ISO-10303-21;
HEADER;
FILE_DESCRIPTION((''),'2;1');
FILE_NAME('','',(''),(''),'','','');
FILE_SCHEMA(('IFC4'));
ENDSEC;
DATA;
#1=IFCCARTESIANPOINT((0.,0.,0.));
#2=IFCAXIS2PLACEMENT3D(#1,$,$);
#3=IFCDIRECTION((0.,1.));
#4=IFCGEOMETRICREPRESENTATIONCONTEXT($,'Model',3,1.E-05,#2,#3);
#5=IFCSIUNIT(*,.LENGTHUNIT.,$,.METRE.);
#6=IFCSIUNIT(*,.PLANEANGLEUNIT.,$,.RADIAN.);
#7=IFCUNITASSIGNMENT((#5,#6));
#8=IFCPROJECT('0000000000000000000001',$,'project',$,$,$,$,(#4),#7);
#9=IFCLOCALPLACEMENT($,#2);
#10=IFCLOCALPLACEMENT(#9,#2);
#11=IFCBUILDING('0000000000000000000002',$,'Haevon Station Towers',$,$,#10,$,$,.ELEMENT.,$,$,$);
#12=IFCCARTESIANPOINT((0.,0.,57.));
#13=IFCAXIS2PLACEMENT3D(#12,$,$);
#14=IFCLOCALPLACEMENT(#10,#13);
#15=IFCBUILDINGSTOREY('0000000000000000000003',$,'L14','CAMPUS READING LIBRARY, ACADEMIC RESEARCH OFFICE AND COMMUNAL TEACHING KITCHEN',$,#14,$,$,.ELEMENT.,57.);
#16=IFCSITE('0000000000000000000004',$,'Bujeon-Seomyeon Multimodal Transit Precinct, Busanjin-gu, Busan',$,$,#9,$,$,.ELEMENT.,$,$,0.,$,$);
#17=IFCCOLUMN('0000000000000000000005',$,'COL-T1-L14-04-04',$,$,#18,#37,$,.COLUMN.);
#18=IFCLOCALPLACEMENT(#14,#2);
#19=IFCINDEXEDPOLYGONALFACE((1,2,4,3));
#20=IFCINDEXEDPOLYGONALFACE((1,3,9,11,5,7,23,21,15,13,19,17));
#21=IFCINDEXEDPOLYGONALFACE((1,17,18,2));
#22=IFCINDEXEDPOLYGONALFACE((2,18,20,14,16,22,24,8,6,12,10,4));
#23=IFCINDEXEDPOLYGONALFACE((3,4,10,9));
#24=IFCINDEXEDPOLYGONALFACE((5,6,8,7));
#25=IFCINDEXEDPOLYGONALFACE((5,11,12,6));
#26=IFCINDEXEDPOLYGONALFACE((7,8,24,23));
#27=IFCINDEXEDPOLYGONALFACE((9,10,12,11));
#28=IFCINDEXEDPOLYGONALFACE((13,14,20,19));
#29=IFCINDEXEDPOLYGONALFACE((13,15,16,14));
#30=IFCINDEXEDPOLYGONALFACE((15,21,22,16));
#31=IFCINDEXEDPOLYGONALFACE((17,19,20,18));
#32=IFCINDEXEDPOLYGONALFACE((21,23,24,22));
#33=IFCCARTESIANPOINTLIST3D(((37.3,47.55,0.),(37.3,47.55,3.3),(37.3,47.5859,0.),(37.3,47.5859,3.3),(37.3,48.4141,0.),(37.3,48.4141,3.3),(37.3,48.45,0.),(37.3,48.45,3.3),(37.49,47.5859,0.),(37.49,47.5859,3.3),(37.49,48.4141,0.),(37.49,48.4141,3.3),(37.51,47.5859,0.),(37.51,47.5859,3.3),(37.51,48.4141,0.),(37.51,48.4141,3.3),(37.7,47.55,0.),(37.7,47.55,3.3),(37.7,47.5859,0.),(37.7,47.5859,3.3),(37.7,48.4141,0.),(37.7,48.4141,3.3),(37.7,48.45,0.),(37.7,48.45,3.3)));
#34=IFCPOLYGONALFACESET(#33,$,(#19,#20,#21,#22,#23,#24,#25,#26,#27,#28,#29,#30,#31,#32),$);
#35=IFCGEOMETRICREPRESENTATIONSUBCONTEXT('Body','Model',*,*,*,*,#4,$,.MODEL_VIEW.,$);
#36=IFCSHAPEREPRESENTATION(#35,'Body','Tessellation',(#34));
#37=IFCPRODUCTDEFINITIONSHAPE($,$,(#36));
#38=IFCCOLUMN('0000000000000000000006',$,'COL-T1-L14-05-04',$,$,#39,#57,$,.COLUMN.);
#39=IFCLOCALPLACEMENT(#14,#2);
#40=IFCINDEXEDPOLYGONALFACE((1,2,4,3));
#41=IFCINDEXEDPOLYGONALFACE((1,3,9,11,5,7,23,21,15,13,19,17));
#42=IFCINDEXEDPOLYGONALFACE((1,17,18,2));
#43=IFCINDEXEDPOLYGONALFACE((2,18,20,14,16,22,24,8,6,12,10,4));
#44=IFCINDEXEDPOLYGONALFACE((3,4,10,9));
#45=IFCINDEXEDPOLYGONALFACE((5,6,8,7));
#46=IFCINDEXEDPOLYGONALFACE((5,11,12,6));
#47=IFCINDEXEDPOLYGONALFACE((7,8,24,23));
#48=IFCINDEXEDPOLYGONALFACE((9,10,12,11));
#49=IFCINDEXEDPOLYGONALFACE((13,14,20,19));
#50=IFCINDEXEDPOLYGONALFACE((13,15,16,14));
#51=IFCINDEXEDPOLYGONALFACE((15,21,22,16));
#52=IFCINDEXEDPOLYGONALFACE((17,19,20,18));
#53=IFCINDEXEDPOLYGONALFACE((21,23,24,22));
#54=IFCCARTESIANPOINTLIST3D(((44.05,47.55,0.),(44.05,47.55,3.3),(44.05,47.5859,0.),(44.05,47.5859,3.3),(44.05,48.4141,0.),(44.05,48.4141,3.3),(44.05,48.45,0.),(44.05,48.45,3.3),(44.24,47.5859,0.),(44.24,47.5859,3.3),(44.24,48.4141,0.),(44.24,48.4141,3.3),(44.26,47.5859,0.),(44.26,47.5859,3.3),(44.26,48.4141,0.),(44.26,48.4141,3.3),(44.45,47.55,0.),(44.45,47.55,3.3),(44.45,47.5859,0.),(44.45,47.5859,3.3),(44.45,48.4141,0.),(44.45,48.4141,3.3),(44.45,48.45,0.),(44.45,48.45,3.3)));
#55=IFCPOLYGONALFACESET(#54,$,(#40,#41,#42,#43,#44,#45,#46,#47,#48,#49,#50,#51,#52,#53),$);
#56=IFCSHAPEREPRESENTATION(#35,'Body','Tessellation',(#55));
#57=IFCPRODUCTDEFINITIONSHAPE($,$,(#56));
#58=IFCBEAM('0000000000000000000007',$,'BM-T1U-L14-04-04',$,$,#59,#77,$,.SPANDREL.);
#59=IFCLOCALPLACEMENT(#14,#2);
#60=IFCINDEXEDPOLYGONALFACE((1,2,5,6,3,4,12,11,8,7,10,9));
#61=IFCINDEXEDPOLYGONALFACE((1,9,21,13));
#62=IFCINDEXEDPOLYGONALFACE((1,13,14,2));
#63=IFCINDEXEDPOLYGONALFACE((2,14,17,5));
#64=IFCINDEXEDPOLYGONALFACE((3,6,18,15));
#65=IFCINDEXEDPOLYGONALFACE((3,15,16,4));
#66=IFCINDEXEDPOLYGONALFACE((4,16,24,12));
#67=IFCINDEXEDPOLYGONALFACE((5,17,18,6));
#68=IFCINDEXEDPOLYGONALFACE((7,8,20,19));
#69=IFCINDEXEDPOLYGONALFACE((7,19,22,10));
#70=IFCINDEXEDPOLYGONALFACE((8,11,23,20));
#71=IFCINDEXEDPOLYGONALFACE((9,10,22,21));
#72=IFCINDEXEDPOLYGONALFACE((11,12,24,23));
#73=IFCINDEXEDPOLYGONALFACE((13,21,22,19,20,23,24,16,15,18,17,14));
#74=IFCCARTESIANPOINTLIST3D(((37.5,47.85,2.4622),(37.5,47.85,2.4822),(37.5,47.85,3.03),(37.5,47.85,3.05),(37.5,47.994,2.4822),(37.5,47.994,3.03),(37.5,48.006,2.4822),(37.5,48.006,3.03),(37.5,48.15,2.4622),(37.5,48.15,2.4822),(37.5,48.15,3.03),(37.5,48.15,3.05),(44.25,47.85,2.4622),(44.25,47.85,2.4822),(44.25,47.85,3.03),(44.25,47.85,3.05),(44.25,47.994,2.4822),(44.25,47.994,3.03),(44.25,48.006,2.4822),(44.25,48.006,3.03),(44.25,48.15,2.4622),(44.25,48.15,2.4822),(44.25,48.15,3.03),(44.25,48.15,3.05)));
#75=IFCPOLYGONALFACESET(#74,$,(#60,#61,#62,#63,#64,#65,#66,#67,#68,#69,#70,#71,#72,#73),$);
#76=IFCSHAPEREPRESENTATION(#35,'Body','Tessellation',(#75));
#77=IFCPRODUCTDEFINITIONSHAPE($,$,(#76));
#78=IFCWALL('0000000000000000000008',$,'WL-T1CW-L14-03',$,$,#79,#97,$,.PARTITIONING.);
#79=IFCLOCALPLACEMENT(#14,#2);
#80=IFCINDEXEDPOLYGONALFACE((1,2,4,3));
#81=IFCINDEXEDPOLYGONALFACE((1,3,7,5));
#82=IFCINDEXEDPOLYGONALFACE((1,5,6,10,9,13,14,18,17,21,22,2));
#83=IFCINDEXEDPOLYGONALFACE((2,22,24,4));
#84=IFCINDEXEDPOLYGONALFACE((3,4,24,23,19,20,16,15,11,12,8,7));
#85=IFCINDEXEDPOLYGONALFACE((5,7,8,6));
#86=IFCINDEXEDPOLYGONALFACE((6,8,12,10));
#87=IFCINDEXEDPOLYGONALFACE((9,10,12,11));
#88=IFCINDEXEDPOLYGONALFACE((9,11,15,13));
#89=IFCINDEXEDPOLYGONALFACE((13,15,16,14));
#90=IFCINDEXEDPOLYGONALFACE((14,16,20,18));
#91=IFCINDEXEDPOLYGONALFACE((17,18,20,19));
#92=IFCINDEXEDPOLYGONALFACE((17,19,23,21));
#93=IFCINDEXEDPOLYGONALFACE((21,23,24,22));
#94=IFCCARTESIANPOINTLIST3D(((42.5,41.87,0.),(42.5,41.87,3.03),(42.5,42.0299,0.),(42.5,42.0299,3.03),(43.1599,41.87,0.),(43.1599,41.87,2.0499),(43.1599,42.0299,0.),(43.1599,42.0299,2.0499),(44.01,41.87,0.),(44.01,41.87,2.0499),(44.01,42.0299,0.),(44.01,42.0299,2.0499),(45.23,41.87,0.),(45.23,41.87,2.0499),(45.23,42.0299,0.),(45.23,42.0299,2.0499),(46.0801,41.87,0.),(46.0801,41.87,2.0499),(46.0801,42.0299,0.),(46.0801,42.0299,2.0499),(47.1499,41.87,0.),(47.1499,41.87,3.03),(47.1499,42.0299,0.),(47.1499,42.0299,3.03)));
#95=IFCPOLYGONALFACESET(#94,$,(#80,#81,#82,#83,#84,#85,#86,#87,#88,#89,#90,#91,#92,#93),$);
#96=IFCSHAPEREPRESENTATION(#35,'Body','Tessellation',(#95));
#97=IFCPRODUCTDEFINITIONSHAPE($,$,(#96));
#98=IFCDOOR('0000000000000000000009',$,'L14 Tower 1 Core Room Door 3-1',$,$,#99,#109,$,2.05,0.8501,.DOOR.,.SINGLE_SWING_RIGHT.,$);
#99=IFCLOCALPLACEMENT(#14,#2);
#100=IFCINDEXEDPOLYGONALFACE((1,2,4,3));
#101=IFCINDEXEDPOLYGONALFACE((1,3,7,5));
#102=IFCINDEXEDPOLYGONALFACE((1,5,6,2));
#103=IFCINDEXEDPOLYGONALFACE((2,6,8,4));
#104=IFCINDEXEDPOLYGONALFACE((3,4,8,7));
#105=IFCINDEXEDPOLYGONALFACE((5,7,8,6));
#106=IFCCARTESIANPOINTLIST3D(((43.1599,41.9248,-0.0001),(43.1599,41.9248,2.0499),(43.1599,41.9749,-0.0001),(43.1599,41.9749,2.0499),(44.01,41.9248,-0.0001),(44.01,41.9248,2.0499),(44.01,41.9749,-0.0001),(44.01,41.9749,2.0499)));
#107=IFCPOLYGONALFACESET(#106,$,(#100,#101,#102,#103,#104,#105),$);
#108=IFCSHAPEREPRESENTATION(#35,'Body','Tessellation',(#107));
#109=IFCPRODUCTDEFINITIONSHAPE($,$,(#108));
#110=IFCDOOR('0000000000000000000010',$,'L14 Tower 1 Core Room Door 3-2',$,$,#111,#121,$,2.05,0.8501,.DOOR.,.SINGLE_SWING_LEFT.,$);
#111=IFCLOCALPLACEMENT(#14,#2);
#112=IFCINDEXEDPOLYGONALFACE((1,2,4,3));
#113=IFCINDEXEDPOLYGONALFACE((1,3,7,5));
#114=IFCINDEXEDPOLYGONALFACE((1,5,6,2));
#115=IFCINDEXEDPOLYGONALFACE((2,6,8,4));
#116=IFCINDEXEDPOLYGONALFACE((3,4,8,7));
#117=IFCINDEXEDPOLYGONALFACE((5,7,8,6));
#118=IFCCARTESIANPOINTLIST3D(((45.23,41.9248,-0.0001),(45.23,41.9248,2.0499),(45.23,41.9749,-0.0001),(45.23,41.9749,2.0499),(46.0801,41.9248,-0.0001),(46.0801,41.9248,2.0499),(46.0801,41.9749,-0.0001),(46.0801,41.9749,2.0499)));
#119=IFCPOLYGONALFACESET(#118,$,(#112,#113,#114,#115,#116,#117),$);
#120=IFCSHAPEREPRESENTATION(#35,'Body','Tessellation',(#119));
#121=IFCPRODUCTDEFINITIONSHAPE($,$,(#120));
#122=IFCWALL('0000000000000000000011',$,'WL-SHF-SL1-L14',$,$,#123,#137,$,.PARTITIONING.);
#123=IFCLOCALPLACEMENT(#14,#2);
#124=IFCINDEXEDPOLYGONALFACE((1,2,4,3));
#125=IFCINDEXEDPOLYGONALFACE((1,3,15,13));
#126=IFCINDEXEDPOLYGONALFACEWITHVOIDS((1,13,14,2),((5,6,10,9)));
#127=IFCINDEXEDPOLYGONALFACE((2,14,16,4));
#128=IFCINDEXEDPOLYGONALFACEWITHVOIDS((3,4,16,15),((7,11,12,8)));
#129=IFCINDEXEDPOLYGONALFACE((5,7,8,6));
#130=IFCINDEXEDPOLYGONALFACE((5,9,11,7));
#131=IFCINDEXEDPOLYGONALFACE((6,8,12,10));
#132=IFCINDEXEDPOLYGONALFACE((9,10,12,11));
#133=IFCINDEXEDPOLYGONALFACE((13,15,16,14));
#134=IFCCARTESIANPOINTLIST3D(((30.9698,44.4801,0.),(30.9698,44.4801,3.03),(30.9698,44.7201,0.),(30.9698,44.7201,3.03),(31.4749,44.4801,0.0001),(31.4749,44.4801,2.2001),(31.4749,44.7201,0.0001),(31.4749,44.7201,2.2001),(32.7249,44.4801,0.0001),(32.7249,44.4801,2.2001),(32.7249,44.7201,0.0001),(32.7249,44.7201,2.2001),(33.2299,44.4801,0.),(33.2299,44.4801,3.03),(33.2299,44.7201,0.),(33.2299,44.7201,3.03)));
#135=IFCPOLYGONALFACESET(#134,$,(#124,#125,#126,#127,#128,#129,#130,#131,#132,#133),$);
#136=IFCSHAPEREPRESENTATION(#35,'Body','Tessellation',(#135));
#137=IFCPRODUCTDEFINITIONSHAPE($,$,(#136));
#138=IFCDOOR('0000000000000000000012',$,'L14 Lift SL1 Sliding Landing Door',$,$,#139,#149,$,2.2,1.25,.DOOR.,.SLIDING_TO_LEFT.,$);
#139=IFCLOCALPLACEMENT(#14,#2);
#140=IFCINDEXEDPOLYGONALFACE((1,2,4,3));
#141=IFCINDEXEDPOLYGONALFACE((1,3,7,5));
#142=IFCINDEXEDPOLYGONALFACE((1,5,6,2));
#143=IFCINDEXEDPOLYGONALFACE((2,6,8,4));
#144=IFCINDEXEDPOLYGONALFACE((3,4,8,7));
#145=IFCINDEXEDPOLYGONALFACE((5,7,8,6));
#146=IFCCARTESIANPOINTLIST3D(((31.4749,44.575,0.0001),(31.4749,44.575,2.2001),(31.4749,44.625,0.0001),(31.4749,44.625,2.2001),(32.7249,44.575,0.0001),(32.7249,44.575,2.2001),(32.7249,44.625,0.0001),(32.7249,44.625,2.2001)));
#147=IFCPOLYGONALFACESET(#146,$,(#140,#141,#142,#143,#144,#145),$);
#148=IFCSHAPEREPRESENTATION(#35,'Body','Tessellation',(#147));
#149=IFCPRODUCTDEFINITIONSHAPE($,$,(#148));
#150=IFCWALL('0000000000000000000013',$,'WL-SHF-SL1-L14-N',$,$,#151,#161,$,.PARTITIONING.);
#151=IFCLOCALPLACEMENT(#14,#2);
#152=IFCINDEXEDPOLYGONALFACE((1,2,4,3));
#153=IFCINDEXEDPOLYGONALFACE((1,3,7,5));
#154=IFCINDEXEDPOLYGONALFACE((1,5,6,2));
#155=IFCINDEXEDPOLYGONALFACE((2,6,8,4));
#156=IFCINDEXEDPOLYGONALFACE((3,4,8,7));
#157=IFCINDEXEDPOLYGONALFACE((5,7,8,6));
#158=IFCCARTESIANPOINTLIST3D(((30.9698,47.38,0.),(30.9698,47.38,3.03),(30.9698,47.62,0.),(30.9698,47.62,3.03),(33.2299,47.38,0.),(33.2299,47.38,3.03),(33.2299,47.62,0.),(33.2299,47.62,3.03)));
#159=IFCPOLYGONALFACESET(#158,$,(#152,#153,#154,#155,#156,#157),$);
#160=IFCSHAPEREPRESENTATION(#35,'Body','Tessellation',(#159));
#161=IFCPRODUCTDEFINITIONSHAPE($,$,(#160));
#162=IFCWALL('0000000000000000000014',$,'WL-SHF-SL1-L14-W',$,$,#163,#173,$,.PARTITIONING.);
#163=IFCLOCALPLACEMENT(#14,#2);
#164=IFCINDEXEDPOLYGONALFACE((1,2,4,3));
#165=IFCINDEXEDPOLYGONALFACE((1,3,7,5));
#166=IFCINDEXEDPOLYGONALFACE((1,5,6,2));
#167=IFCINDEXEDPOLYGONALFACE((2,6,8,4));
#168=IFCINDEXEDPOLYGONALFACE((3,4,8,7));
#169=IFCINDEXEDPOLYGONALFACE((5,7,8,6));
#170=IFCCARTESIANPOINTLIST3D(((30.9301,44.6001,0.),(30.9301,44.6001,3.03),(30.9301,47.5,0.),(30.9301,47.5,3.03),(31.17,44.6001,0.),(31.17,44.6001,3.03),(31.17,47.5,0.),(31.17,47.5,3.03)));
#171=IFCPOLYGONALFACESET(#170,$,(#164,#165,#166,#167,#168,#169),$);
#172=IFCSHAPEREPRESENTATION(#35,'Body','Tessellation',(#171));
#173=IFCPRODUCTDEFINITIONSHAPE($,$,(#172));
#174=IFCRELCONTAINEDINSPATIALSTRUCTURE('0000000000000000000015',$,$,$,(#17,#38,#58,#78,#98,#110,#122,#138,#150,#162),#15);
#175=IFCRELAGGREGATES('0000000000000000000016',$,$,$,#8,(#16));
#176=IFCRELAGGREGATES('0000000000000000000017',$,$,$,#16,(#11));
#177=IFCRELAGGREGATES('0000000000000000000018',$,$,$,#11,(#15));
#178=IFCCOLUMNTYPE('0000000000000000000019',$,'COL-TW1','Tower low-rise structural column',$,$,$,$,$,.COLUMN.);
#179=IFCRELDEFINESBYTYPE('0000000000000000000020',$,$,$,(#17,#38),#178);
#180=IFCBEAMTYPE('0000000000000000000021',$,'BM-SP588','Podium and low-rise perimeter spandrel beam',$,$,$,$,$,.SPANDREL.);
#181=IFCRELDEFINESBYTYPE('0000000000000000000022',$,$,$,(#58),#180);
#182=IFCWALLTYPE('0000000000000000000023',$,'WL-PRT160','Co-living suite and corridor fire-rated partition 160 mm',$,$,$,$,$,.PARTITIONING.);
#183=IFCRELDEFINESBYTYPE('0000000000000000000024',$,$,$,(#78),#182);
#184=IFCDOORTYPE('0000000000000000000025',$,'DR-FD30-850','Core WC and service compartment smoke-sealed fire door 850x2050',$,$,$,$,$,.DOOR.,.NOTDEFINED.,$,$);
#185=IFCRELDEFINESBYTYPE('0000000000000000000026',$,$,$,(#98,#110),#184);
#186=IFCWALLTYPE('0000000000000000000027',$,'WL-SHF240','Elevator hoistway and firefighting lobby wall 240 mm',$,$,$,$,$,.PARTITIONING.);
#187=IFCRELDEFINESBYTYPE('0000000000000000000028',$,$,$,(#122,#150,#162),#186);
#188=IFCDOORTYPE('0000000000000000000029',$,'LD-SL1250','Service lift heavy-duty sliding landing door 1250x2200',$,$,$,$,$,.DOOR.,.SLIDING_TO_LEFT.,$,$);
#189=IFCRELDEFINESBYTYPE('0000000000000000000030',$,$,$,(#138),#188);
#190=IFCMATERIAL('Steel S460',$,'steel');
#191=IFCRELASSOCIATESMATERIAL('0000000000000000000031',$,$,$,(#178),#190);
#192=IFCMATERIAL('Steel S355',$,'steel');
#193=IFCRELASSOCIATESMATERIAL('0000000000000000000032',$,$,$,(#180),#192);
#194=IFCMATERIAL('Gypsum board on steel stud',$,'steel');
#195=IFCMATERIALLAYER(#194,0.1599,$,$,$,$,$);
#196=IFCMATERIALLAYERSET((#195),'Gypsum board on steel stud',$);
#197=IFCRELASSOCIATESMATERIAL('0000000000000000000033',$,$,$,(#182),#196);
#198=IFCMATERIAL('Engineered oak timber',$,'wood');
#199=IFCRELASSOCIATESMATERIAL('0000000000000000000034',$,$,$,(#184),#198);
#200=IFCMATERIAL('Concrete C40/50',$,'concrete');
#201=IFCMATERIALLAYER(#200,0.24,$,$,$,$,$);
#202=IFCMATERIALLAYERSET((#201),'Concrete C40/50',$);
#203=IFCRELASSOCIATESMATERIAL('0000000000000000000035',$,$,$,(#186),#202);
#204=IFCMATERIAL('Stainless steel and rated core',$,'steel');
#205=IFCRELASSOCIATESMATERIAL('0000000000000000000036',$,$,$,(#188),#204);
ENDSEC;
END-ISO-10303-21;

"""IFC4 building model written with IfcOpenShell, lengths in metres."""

from ifc_helpers import new_model, si_unit, direction, frame, frame_2d, origin, origin_2d, place, context, subcontext, project, spatial, rectangle, i_section, extrude, material, layer, layer_set, material_profile, profile_set, type_object, element, fill, save


model = new_model("IFC4")

# Units and contexts
model_context = context("Model", 3, precision=1e-05, world=origin(), true_north=direction((0.0, 1.0)))
body_context = subcontext(model_context, "Body", "Model", "MODEL_VIEW")
ifc_project = project(units=[si_unit("LENGTHUNIT", "METRE"), si_unit("PLANEANGLEUNIT", "RADIAN")], contexts=[model_context])

# Site, building, storey
site_placement = place(None, origin())
site = spatial("IfcSite", under=ifc_project, at=site_placement, Name="Bujeon-Seomyeon Multimodal Transit Precinct, Busanjin-gu, Busan", CompositionType="ELEMENT", RefElevation=0.0)
building_placement = place(site_placement, origin())
building = spatial("IfcBuilding", under=site, at=building_placement, Name="Haevon Station Towers", CompositionType="ELEMENT")
storey_placement = place(building_placement, frame((0.0, 0.0, 57.0)))
storey = spatial("IfcBuildingStorey", under=building, at=storey_placement, Name="L14", Description="CAMPUS READING LIBRARY, ACADEMIC RESEARCH OFFICE AND COMMUNAL TEACHING KITCHEN", CompositionType="ELEMENT", Elevation=57.0)

# Columns
ifc_material_1 = material(Name="Steel S460", Category="steel")
ifc_material_profile_1 = material_profile(ifc_material_1, i_section(OverallWidth=0.3999, OverallDepth=0.8999, WebThickness=0.02, FlangeThickness=0.0359, at=origin_2d()), Name="H-900x400x20x36")
ifc_profile_set_1 = profile_set([ifc_material_profile_1], Name="Steel S460")
column_type = type_object("IfcColumnType", Name="COL-TW1", Description="Tower low-rise structural column", PredefinedType="COLUMN", material=ifc_profile_set_1)
for number, where, z_axis, x_axis, name in (
    (1, (37.5, 48.0, 0.0), (0.0, 0.0, 1.0), (1.0, 0.0, 0.0), "COL-T1-L14-04-04"),
    (2, (44.25, 48.0, 0.0), (0.0, 0.0, 1.0), (1.0, 0.0, 0.0), "COL-T1-L14-05-04"),
):
    element("IfcColumn", number, at=place(storey_placement, frame(where, z_axis=z_axis, x_axis=x_axis)), inside=storey, type_object=column_type, Name=name, PredefinedType="COLUMN", context=body_context, shape_type="SweptSolid", body=[
        extrude(i_section(OverallWidth=0.3999, OverallDepth=0.8999, WebThickness=0.02, FlangeThickness=0.0359, at=origin_2d()), origin(), (0.0, 0.0, 1.0), 3.3),
    ])

# Beam
ifc_material_2 = material(Name="Steel S355", Category="steel")
ifc_material_profile_2 = material_profile(ifc_material_2, i_section(OverallWidth=0.3, OverallDepth=0.5879, WebThickness=0.012, FlangeThickness=0.02, at=origin_2d()), Name="H-588x300x12x20")
ifc_profile_set_2 = profile_set([ifc_material_profile_2], Name="Steel S355")
beam_type = type_object("IfcBeamType", Name="BM-SP588", Description="Podium and low-rise perimeter spandrel beam", PredefinedType="SPANDREL", material=ifc_profile_set_2)
beam_placement = place(storey_placement, frame((37.5, 48.0, 2.7561), z_axis=(1.0, 0.0, 0.0), x_axis=(0.0, 1.0, 0.0)))
element("IfcBeam", 3, at=beam_placement, inside=storey, type_object=beam_type, Name="BM-T1U-L14-04-04", PredefinedType="SPANDREL", context=body_context, shape_type="SweptSolid", body=[
    extrude(i_section(OverallWidth=0.3, OverallDepth=0.5879, WebThickness=0.012, FlangeThickness=0.02, at=origin_2d()), origin(), (0.0, 0.0, 1.0), 6.75),
])

# Wall, openings, doors
ifc_material_3 = material(Name="Gypsum board on steel stud", Category="steel")
ifc_layer_1 = layer(ifc_material_3, 0.1599)
ifc_layer_set_1 = layer_set([ifc_layer_1], Name="Gypsum board on steel stud")
wall_type_1 = type_object("IfcWallType", Name="WL-PRT160", Description="Co-living suite and corridor fire-rated partition 160 mm", PredefinedType="PARTITIONING", material=ifc_layer_set_1)
wall_1_placement = place(storey_placement, frame((42.5, 41.95, 0.0), z_axis=(0.0, 0.0, 1.0), x_axis=(1.0, 0.0, 0.0)))
wall_1 = element("IfcWall", 4, at=wall_1_placement, inside=storey, type_object=wall_type_1, Name="WL-T1CW-L14-03", PredefinedType="PARTITIONING", context=body_context, shape_type="SweptSolid", body=[
    extrude(rectangle(XDim=4.6499, YDim=0.1599, at=frame_2d((2.325, 0.0))), origin(), (0.0, 0.0, 1.0), 3.03),
])
opening_1_placement = place(wall_1_placement, frame((0.6599, 0.0, 0.0)))
opening_1 = element("IfcOpeningElement", 5, at=opening_1_placement, cuts=wall_1, PredefinedType="OPENING", context=body_context, shape_type="SweptSolid", body=[
    extrude(rectangle(XDim=0.8501, YDim=2.05, at=frame_2d((0.425, 1.0249))), frame((0.0, 0.0898, 0.0), z_axis=(0.0, -1.0, 0.0), x_axis=(1.0, 0.0, 0.0)), (0.0, 0.0, 1.0), 0.1799),
])
opening_2_placement = place(wall_1_placement, frame((2.73, 0.0, 0.0)))
opening_2 = element("IfcOpeningElement", 6, at=opening_2_placement, cuts=wall_1, PredefinedType="OPENING", context=body_context, shape_type="SweptSolid", body=[
    extrude(rectangle(XDim=0.8501, YDim=2.05, at=frame_2d((0.425, 1.0249))), frame((0.0, 0.0898, 0.0), z_axis=(0.0, -1.0, 0.0), x_axis=(1.0, 0.0, 0.0)), (0.0, 0.0, 1.0), 0.1799),
])
ifc_material_4 = material(Name="Engineered oak timber", Category="wood")
door_type_1 = type_object("IfcDoorType", Name="DR-FD30-850", Description="Core WC and service compartment smoke-sealed fire door 850x2050", OperationType="NOTDEFINED", PredefinedType="DOOR", material=ifc_material_4)
door_1_placement = place(opening_1_placement, origin())
door_1 = element("IfcDoor", 7, at=door_1_placement, inside=storey, type_object=door_type_1, Name="L14 Tower 1 Core Room Door 3-1", OperationType="SINGLE_SWING_RIGHT", OverallHeight=2.05, OverallWidth=0.8501, PredefinedType="DOOR", context=body_context, shape_type="SweptSolid", body=[
    extrude(rectangle(XDim=0.8501, YDim=2.05, at=frame_2d((0.425, 1.0249))), frame((0.0, 0.0249, 0.0), z_axis=(0.0, -1.0, 0.0), x_axis=(1.0, 0.0, 0.0)), (0.0, 0.0, 1.0), 0.05),
])
fill(opening_1, door_1)
door_2_placement = place(opening_2_placement, origin())
door_2 = element("IfcDoor", 8, at=door_2_placement, inside=storey, type_object=door_type_1, Name="L14 Tower 1 Core Room Door 3-2", OperationType="SINGLE_SWING_LEFT", OverallHeight=2.05, OverallWidth=0.8501, PredefinedType="DOOR", context=body_context, shape_type="SweptSolid", body=[
    extrude(rectangle(XDim=0.8501, YDim=2.05, at=frame_2d((0.425, 1.0249))), frame((0.0, 0.0249, 0.0), z_axis=(0.0, -1.0, 0.0), x_axis=(1.0, 0.0, 0.0)), (0.0, 0.0, 1.0), 0.05),
])
fill(opening_2, door_2)

# Wall, opening, door
ifc_material_5 = material(Name="Concrete C40/50", Category="concrete")
ifc_layer_2 = layer(ifc_material_5, 0.24)
ifc_layer_set_2 = layer_set([ifc_layer_2], Name="Concrete C40/50")
wall_type_2 = type_object("IfcWallType", Name="WL-SHF240", Description="Elevator hoistway and firefighting lobby wall 240 mm", PredefinedType="PARTITIONING", material=ifc_layer_set_2)
wall_2_placement = place(storey_placement, frame((30.97, 44.6001, 0.0), z_axis=(0.0, 0.0, 1.0), x_axis=(1.0, 0.0, 0.0)))
wall_2 = element("IfcWall", 9, at=wall_2_placement, inside=storey, type_object=wall_type_2, Name="WL-SHF-SL1-L14", PredefinedType="PARTITIONING", context=body_context, shape_type="SweptSolid", body=[
    extrude(rectangle(XDim=2.26, YDim=0.24, at=frame_2d((1.1299, 0.0))), origin(), (0.0, 0.0, 1.0), 3.03),
])
opening_3_placement = place(wall_2_placement, frame((0.5049, 0.0, 0.0)))
opening_3 = element("IfcOpeningElement", 10, at=opening_3_placement, cuts=wall_2, PredefinedType="OPENING", context=body_context, shape_type="SweptSolid", body=[
    extrude(rectangle(XDim=1.25, YDim=2.2, at=frame_2d((0.625, 1.1001))), frame((0.0, 0.1299, 0.0), z_axis=(0.0, -1.0, 0.0), x_axis=(1.0, 0.0, 0.0)), (0.0, 0.0, 1.0), 0.26),
])
ifc_material_6 = material(Name="Stainless steel and rated core", Category="steel")
door_type_2 = type_object("IfcDoorType", Name="LD-SL1250", Description="Service lift heavy-duty sliding landing door 1250x2200", OperationType="SLIDING_TO_LEFT", PredefinedType="DOOR", material=ifc_material_6)
door_3_placement = place(opening_3_placement, origin())
door_3 = element("IfcDoor", 11, at=door_3_placement, inside=storey, type_object=door_type_2, Name="L14 Lift SL1 Sliding Landing Door", OperationType="SLIDING_TO_LEFT", OverallHeight=2.2, OverallWidth=1.25, PredefinedType="DOOR", context=body_context, shape_type="SweptSolid", body=[
    extrude(rectangle(XDim=1.25, YDim=2.2, at=frame_2d((0.625, 1.1001))), frame((0.0, 0.0249, 0.0), z_axis=(0.0, -1.0, 0.0), x_axis=(1.0, 0.0, 0.0)), (0.0, 0.0, 1.0), 0.05),
])
fill(opening_3, door_3)

# Walls
wall_3_placement = place(storey_placement, frame((30.97, 47.5, 0.0), z_axis=(0.0, 0.0, 1.0), x_axis=(1.0, 0.0, 0.0)))
element("IfcWall", 12, at=wall_3_placement, inside=storey, type_object=wall_type_2, Name="WL-SHF-SL1-L14-N", PredefinedType="PARTITIONING", context=body_context, shape_type="SweptSolid", body=[
    extrude(rectangle(XDim=2.26, YDim=0.24, at=frame_2d((1.1299, 0.0))), origin(), (0.0, 0.0, 1.0), 3.03),
])
for number, where, z_axis, x_axis, name in (
    (13, (31.05, 44.6001, 0.0), (0.0, 0.0, 1.0), (0.0, 1.0, 0.0), "WL-SHF-SL1-L14-W"),
):
    element("IfcWall", number, at=place(storey_placement, frame(where, z_axis=z_axis, x_axis=x_axis)), inside=storey, type_object=wall_type_2, Name=name, PredefinedType="PARTITIONING", context=body_context, shape_type="SweptSolid", body=[
        extrude(rectangle(XDim=2.8999, YDim=0.24, at=frame_2d((1.45, 0.0))), origin(), (0.0, 0.0, 1.0), 3.03),
    ])

save(model, "model.ifc")
